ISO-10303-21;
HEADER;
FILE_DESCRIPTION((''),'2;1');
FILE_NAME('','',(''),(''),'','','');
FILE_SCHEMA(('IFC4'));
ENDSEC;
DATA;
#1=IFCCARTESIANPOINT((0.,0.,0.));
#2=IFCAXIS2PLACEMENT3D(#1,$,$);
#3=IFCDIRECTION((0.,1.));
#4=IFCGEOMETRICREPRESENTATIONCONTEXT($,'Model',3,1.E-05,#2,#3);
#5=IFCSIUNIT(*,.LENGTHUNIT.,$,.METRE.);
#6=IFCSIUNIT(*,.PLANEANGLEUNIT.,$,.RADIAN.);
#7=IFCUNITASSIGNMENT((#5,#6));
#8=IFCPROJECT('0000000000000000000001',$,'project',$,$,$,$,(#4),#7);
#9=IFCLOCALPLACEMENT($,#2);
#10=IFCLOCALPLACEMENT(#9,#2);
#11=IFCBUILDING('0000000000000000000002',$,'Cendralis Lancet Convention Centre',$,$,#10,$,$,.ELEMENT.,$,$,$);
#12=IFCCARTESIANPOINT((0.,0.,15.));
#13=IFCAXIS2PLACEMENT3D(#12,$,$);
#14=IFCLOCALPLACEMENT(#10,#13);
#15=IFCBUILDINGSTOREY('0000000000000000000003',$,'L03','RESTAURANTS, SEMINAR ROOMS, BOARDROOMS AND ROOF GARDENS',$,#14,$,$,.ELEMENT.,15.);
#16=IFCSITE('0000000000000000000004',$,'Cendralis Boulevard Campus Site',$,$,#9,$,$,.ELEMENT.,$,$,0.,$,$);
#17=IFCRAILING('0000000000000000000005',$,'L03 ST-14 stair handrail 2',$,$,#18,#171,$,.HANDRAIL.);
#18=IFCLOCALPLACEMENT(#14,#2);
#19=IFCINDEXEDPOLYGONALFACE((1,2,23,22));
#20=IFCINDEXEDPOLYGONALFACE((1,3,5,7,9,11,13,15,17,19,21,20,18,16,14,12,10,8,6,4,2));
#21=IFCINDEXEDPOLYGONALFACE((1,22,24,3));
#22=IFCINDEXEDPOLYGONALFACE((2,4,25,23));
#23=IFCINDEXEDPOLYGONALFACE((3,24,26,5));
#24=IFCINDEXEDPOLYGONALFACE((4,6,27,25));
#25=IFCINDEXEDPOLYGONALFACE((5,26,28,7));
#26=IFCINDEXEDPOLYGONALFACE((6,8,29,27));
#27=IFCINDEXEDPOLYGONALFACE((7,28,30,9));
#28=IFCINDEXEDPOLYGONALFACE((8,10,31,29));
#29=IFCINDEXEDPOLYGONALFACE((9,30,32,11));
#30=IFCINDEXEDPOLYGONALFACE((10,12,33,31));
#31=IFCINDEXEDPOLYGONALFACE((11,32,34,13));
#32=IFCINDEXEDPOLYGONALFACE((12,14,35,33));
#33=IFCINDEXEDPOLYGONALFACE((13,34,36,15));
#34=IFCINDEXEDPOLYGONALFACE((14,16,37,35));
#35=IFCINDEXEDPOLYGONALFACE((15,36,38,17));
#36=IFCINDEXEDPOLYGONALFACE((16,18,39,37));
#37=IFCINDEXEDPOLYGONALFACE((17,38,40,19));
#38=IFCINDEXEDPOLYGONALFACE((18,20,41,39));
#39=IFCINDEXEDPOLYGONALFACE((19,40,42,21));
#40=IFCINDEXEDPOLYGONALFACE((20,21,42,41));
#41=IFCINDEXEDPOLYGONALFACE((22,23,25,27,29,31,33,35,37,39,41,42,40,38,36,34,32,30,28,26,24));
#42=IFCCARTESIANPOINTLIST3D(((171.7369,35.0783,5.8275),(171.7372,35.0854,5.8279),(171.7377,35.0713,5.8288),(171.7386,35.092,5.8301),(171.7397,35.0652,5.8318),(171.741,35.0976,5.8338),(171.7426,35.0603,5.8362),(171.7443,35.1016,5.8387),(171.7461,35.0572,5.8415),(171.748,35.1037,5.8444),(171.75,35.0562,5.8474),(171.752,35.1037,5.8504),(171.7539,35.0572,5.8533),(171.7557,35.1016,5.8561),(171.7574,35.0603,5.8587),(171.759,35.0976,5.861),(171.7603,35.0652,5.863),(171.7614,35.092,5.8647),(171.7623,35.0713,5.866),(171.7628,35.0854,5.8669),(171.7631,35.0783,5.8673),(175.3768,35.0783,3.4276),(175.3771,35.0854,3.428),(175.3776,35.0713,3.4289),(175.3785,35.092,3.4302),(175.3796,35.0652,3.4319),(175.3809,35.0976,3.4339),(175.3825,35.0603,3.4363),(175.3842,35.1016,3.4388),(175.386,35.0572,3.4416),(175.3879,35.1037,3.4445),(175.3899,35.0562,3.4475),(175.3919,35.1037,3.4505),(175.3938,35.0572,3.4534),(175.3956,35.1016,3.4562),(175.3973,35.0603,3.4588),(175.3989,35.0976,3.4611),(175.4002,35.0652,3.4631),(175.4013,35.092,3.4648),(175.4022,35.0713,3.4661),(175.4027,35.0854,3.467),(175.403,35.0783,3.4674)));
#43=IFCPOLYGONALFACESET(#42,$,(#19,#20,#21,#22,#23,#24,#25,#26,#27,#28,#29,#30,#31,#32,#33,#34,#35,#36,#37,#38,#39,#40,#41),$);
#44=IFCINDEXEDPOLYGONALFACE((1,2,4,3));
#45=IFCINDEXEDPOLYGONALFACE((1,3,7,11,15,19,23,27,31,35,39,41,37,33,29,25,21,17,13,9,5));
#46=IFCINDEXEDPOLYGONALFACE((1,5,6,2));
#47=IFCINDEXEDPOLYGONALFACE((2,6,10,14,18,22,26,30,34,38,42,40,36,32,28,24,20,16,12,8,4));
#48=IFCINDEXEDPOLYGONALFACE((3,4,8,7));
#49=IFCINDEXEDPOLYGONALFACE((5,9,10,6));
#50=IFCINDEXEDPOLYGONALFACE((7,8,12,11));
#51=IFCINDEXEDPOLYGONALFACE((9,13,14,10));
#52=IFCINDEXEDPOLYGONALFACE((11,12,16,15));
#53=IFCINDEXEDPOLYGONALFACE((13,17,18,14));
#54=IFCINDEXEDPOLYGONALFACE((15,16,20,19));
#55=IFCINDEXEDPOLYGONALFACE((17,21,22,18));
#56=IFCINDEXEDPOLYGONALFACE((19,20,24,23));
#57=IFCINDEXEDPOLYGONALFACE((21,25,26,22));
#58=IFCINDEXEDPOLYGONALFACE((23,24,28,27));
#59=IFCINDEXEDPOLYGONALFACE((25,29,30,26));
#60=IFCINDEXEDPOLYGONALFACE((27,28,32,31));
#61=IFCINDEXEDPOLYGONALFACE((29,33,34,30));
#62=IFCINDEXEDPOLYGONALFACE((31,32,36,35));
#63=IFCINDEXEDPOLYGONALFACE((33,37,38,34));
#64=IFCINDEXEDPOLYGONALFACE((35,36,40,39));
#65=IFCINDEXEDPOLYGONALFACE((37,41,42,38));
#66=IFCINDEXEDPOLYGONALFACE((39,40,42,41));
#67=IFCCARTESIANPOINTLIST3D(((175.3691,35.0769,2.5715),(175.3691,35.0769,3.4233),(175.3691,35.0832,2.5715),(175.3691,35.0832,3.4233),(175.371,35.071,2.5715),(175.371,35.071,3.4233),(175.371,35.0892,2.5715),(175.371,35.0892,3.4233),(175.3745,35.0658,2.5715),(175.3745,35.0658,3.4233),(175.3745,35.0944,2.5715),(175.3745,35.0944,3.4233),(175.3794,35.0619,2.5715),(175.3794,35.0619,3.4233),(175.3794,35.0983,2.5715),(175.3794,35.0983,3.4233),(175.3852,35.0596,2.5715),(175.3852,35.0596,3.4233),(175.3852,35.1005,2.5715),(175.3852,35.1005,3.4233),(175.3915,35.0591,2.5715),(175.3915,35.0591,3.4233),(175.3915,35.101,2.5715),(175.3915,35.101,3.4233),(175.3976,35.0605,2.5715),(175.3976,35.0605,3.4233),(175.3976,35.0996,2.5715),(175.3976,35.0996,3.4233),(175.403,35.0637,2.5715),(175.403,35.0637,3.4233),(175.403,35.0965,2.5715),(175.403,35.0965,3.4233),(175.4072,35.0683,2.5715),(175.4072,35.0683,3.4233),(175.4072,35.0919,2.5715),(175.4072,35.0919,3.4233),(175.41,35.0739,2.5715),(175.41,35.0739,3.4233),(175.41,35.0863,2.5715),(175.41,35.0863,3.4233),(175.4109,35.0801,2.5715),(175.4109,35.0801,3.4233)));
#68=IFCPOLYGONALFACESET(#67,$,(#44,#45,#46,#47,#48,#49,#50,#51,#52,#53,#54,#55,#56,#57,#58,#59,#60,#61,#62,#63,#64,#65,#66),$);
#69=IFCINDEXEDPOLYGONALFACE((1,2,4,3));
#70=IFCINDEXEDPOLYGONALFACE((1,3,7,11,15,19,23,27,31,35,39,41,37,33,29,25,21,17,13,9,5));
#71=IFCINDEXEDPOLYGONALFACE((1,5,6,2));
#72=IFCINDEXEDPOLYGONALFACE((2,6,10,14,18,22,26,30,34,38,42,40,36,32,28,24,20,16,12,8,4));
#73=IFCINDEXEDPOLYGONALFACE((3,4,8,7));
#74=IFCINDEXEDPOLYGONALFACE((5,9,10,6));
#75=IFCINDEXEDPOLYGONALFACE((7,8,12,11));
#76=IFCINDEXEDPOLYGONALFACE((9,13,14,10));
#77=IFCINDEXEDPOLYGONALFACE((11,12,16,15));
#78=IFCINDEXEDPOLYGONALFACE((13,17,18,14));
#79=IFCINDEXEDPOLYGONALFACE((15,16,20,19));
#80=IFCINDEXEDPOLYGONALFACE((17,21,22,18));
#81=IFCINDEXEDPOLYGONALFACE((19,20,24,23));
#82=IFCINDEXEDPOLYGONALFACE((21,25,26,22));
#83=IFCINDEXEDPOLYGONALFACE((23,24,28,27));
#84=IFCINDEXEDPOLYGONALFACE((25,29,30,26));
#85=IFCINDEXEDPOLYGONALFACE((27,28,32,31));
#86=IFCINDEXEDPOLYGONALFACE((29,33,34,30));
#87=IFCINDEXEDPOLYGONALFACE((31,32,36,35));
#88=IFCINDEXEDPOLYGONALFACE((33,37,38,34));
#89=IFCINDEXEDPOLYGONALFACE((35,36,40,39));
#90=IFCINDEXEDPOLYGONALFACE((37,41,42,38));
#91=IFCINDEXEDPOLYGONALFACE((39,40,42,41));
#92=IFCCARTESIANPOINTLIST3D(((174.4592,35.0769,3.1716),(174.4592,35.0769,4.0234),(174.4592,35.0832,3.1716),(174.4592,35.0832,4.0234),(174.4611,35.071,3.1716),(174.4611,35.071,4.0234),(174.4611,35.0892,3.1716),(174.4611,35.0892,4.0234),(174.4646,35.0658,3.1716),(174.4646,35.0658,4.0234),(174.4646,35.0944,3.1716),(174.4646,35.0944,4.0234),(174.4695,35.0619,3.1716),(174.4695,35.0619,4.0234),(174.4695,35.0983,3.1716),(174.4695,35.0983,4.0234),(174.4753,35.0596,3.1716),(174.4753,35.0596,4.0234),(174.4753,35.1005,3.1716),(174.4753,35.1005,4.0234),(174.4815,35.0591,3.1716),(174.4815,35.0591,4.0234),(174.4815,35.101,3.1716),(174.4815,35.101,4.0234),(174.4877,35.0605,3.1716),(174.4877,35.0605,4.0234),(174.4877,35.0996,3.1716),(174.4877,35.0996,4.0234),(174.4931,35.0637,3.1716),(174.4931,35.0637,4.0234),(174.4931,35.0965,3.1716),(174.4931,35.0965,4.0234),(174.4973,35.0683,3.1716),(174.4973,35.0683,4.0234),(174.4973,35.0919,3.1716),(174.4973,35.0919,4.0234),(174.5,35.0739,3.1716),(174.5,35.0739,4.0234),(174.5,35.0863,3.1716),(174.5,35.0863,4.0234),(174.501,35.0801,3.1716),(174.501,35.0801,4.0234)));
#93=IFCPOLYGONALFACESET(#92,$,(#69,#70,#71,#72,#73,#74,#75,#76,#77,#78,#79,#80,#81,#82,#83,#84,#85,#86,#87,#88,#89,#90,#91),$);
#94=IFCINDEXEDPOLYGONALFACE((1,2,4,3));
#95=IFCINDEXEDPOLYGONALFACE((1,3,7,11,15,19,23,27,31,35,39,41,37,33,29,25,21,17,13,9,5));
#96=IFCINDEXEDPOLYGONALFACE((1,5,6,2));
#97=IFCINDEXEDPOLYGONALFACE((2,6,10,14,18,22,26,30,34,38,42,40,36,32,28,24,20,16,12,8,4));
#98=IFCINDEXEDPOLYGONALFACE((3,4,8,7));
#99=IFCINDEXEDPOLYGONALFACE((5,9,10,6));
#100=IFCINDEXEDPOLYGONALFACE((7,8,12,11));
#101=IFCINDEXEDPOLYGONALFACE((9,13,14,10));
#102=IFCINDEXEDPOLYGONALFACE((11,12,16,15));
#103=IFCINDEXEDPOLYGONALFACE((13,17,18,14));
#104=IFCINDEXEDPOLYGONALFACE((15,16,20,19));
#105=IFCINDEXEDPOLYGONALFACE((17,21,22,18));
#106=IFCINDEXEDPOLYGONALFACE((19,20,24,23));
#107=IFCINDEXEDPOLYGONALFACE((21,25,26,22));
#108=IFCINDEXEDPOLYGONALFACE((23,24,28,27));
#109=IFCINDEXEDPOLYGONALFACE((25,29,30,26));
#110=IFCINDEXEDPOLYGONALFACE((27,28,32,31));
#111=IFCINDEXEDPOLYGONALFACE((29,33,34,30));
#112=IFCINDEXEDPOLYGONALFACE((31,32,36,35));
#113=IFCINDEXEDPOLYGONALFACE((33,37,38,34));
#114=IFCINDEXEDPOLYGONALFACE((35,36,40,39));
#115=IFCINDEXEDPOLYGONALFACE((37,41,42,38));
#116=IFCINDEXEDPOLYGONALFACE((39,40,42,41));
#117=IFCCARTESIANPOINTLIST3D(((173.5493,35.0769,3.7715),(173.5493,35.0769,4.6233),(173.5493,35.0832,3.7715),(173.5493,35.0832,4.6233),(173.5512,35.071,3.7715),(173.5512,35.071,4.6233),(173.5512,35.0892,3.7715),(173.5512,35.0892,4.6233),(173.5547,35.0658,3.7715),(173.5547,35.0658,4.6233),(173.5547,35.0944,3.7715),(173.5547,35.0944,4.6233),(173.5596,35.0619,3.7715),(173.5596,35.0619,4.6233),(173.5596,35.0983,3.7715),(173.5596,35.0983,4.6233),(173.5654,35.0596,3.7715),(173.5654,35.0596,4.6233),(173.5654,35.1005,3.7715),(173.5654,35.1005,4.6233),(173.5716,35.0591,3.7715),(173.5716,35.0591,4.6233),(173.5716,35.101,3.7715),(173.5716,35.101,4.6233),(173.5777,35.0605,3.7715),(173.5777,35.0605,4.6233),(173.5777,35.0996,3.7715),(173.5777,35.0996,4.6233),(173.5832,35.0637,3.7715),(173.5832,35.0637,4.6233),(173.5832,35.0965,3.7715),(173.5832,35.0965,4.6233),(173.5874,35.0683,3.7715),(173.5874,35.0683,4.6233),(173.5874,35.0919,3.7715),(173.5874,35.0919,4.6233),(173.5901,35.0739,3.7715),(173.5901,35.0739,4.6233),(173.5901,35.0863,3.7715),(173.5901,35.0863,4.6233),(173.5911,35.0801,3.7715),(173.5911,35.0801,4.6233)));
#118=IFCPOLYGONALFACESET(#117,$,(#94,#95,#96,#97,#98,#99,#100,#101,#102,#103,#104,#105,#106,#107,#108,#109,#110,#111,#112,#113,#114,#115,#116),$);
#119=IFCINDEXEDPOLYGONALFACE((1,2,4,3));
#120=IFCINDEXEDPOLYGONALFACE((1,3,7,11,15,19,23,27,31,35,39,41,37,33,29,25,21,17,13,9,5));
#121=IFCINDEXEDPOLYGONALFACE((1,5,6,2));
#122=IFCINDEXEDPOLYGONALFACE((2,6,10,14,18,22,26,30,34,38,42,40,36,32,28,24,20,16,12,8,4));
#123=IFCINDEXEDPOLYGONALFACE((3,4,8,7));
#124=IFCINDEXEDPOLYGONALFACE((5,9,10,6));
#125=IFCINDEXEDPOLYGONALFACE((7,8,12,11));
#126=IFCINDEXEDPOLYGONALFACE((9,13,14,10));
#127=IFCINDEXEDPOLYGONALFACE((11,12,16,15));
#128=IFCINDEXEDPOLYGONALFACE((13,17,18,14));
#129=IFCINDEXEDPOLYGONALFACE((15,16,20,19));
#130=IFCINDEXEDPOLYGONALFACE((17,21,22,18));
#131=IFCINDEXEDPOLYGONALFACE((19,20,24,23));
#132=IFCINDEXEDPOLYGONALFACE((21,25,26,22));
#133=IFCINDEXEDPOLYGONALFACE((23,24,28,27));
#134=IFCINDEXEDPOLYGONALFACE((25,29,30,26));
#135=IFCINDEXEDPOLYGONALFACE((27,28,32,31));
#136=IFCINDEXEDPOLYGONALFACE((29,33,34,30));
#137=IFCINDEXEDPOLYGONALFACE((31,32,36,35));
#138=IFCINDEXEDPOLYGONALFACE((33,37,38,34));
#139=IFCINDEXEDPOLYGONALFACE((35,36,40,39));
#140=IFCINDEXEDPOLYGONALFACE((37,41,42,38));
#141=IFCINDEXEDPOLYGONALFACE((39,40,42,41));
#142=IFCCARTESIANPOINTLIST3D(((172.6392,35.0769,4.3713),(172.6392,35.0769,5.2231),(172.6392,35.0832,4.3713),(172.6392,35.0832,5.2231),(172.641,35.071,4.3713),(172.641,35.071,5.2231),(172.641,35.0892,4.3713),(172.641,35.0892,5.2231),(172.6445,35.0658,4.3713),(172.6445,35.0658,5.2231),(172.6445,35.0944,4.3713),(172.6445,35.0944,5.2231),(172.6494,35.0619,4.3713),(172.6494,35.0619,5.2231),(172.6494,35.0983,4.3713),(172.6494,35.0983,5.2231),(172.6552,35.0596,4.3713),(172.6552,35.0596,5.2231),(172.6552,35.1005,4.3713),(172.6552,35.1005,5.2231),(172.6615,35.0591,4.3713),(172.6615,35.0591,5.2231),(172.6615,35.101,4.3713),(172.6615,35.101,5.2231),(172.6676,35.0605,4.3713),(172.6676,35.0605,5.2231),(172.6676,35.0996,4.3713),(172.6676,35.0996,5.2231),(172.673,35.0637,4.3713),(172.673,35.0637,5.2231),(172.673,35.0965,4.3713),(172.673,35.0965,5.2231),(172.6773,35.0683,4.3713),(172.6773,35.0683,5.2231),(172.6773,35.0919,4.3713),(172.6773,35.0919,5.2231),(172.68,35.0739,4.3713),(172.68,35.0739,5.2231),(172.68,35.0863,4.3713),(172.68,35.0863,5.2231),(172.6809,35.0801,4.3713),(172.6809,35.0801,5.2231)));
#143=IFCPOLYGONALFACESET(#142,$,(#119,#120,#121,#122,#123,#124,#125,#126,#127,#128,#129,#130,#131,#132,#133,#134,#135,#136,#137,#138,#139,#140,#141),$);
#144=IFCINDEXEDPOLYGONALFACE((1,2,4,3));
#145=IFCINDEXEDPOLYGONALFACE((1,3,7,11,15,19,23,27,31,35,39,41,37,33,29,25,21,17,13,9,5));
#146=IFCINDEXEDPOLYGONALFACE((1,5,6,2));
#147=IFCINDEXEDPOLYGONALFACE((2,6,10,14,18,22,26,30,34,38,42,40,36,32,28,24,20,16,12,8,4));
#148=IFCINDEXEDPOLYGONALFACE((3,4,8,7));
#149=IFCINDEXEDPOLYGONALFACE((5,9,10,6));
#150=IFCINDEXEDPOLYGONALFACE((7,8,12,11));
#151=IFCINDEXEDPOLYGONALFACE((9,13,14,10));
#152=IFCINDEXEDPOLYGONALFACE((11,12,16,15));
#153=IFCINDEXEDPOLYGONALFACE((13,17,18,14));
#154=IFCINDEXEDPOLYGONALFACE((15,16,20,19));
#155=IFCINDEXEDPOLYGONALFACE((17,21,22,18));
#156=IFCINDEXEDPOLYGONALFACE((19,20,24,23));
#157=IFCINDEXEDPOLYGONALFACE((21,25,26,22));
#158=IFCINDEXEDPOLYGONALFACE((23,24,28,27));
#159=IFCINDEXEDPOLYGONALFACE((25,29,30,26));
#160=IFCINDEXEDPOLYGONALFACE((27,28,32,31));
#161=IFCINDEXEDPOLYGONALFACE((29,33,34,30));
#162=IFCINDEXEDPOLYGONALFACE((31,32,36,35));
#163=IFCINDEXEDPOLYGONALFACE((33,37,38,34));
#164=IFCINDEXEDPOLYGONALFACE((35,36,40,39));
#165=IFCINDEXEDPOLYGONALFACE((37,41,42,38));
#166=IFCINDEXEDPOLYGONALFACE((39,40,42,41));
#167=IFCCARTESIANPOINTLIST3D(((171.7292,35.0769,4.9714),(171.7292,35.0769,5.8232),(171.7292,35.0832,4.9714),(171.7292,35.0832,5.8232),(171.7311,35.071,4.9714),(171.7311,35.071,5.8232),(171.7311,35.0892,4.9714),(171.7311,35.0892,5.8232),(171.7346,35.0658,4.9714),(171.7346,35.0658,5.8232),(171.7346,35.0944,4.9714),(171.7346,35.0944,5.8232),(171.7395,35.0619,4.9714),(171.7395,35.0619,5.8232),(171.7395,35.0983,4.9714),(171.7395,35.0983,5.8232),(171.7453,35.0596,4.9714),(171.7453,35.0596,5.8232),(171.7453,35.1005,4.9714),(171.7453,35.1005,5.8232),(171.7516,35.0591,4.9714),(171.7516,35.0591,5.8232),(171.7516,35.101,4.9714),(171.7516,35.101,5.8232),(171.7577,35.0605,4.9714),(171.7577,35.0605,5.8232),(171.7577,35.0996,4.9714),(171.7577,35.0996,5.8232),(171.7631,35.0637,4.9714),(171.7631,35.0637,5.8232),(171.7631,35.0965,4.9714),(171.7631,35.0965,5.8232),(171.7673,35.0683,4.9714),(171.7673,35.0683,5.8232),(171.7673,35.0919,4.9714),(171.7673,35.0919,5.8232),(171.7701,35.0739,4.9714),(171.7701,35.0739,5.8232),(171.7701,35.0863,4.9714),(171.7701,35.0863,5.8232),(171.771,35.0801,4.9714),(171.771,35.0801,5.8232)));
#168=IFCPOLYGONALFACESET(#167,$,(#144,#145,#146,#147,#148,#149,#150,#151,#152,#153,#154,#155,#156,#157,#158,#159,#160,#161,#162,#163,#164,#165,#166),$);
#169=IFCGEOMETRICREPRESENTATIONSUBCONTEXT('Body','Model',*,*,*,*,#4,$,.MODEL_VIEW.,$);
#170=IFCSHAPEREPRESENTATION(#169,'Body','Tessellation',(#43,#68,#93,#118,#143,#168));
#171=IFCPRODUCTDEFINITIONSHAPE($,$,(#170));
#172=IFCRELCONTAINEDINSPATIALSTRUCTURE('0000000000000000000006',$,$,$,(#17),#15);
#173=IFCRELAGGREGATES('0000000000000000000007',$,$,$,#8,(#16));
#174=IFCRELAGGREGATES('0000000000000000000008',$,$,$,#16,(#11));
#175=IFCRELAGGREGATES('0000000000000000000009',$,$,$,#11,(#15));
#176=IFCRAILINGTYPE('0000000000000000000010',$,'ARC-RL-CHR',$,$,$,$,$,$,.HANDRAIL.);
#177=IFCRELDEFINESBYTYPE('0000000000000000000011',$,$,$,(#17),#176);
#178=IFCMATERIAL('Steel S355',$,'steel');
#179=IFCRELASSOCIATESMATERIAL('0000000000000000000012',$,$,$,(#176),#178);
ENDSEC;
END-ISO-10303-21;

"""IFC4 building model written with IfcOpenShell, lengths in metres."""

from ifc_helpers import new_model, si_unit, direction, frame, origin, origin_2d, place, context, subcontext, project, spatial, circle, extrude, material, type_object, element, save


model = new_model("IFC4")

# Units and contexts
model_context = context("Model", 3, precision=1e-05, world=origin(), true_north=direction((0.0, 1.0)))
body_context = subcontext(model_context, "Body", "Model", "MODEL_VIEW")
ifc_project = project(units=[si_unit("LENGTHUNIT", "METRE"), si_unit("PLANEANGLEUNIT", "RADIAN")], contexts=[model_context])

# Site, building, storey
site_placement = place(None, origin())
site = spatial("IfcSite", under=ifc_project, at=site_placement, Name="Cendralis Boulevard Campus Site", CompositionType="ELEMENT", RefElevation=0.0)
building_placement = place(site_placement, origin())
building = spatial("IfcBuilding", under=site, at=building_placement, Name="Cendralis Lancet Convention Centre", CompositionType="ELEMENT")
storey_placement = place(building_placement, frame((0.0, 0.0, 15.0)))
storey = spatial("IfcBuildingStorey", under=building, at=storey_placement, Name="L03", Description="RESTAURANTS, SEMINAR ROOMS, BOARDROOMS AND ROOF GARDENS", CompositionType="ELEMENT", Elevation=15.0)

# Shared definitions
ifc_material_1 = material(Name="Steel S355", Category="steel")

# Railing
railing_type_1 = type_object("IfcRailingType", Name="ARC-RL-CHR", PredefinedType="HANDRAIL", material=ifc_material_1)
railing_1_placement = place(storey_placement, frame((175.3899, 35.0801, 2.5715)))
element("IfcRailing", 1, at=railing_1_placement, inside=storey, type_object=railing_type_1, Name="L03 ST-14 stair handrail 2", PredefinedType="HANDRAIL", context=body_context, shape_type="SweptSolid", body=[
    extrude(circle(Radius=0.0239, at=origin_2d()), frame((0.0, 0.0, 0.876), z_axis=(-0.834865, 0.0, 0.550454), x_axis=(0.0, -1.0, 0.0)), (0.0, 0.0, 1.0), 4.3599),
    extrude(circle(Radius=0.021, at=origin_2d()), origin(), (0.0, 0.0, 1.0), 0.8518),
    extrude(circle(Radius=0.021, at=origin_2d()), frame((-0.9099, 0.0, 0.6001)), (0.0, 0.0, 1.0), 0.8518),
    extrude(circle(Radius=0.021, at=origin_2d()), frame((-1.8198, 0.0, 1.2)), (0.0, 0.0, 1.0), 0.8518),
    extrude(circle(Radius=0.021, at=origin_2d()), frame((-2.73, 0.0, 1.7998)), (0.0, 0.0, 1.0), 0.8518),
    extrude(circle(Radius=0.021, at=origin_2d()), frame((-3.6399, 0.0, 2.3999)), (0.0, 0.0, 1.0), 0.8518),
])

save(model, "model.ifc")
